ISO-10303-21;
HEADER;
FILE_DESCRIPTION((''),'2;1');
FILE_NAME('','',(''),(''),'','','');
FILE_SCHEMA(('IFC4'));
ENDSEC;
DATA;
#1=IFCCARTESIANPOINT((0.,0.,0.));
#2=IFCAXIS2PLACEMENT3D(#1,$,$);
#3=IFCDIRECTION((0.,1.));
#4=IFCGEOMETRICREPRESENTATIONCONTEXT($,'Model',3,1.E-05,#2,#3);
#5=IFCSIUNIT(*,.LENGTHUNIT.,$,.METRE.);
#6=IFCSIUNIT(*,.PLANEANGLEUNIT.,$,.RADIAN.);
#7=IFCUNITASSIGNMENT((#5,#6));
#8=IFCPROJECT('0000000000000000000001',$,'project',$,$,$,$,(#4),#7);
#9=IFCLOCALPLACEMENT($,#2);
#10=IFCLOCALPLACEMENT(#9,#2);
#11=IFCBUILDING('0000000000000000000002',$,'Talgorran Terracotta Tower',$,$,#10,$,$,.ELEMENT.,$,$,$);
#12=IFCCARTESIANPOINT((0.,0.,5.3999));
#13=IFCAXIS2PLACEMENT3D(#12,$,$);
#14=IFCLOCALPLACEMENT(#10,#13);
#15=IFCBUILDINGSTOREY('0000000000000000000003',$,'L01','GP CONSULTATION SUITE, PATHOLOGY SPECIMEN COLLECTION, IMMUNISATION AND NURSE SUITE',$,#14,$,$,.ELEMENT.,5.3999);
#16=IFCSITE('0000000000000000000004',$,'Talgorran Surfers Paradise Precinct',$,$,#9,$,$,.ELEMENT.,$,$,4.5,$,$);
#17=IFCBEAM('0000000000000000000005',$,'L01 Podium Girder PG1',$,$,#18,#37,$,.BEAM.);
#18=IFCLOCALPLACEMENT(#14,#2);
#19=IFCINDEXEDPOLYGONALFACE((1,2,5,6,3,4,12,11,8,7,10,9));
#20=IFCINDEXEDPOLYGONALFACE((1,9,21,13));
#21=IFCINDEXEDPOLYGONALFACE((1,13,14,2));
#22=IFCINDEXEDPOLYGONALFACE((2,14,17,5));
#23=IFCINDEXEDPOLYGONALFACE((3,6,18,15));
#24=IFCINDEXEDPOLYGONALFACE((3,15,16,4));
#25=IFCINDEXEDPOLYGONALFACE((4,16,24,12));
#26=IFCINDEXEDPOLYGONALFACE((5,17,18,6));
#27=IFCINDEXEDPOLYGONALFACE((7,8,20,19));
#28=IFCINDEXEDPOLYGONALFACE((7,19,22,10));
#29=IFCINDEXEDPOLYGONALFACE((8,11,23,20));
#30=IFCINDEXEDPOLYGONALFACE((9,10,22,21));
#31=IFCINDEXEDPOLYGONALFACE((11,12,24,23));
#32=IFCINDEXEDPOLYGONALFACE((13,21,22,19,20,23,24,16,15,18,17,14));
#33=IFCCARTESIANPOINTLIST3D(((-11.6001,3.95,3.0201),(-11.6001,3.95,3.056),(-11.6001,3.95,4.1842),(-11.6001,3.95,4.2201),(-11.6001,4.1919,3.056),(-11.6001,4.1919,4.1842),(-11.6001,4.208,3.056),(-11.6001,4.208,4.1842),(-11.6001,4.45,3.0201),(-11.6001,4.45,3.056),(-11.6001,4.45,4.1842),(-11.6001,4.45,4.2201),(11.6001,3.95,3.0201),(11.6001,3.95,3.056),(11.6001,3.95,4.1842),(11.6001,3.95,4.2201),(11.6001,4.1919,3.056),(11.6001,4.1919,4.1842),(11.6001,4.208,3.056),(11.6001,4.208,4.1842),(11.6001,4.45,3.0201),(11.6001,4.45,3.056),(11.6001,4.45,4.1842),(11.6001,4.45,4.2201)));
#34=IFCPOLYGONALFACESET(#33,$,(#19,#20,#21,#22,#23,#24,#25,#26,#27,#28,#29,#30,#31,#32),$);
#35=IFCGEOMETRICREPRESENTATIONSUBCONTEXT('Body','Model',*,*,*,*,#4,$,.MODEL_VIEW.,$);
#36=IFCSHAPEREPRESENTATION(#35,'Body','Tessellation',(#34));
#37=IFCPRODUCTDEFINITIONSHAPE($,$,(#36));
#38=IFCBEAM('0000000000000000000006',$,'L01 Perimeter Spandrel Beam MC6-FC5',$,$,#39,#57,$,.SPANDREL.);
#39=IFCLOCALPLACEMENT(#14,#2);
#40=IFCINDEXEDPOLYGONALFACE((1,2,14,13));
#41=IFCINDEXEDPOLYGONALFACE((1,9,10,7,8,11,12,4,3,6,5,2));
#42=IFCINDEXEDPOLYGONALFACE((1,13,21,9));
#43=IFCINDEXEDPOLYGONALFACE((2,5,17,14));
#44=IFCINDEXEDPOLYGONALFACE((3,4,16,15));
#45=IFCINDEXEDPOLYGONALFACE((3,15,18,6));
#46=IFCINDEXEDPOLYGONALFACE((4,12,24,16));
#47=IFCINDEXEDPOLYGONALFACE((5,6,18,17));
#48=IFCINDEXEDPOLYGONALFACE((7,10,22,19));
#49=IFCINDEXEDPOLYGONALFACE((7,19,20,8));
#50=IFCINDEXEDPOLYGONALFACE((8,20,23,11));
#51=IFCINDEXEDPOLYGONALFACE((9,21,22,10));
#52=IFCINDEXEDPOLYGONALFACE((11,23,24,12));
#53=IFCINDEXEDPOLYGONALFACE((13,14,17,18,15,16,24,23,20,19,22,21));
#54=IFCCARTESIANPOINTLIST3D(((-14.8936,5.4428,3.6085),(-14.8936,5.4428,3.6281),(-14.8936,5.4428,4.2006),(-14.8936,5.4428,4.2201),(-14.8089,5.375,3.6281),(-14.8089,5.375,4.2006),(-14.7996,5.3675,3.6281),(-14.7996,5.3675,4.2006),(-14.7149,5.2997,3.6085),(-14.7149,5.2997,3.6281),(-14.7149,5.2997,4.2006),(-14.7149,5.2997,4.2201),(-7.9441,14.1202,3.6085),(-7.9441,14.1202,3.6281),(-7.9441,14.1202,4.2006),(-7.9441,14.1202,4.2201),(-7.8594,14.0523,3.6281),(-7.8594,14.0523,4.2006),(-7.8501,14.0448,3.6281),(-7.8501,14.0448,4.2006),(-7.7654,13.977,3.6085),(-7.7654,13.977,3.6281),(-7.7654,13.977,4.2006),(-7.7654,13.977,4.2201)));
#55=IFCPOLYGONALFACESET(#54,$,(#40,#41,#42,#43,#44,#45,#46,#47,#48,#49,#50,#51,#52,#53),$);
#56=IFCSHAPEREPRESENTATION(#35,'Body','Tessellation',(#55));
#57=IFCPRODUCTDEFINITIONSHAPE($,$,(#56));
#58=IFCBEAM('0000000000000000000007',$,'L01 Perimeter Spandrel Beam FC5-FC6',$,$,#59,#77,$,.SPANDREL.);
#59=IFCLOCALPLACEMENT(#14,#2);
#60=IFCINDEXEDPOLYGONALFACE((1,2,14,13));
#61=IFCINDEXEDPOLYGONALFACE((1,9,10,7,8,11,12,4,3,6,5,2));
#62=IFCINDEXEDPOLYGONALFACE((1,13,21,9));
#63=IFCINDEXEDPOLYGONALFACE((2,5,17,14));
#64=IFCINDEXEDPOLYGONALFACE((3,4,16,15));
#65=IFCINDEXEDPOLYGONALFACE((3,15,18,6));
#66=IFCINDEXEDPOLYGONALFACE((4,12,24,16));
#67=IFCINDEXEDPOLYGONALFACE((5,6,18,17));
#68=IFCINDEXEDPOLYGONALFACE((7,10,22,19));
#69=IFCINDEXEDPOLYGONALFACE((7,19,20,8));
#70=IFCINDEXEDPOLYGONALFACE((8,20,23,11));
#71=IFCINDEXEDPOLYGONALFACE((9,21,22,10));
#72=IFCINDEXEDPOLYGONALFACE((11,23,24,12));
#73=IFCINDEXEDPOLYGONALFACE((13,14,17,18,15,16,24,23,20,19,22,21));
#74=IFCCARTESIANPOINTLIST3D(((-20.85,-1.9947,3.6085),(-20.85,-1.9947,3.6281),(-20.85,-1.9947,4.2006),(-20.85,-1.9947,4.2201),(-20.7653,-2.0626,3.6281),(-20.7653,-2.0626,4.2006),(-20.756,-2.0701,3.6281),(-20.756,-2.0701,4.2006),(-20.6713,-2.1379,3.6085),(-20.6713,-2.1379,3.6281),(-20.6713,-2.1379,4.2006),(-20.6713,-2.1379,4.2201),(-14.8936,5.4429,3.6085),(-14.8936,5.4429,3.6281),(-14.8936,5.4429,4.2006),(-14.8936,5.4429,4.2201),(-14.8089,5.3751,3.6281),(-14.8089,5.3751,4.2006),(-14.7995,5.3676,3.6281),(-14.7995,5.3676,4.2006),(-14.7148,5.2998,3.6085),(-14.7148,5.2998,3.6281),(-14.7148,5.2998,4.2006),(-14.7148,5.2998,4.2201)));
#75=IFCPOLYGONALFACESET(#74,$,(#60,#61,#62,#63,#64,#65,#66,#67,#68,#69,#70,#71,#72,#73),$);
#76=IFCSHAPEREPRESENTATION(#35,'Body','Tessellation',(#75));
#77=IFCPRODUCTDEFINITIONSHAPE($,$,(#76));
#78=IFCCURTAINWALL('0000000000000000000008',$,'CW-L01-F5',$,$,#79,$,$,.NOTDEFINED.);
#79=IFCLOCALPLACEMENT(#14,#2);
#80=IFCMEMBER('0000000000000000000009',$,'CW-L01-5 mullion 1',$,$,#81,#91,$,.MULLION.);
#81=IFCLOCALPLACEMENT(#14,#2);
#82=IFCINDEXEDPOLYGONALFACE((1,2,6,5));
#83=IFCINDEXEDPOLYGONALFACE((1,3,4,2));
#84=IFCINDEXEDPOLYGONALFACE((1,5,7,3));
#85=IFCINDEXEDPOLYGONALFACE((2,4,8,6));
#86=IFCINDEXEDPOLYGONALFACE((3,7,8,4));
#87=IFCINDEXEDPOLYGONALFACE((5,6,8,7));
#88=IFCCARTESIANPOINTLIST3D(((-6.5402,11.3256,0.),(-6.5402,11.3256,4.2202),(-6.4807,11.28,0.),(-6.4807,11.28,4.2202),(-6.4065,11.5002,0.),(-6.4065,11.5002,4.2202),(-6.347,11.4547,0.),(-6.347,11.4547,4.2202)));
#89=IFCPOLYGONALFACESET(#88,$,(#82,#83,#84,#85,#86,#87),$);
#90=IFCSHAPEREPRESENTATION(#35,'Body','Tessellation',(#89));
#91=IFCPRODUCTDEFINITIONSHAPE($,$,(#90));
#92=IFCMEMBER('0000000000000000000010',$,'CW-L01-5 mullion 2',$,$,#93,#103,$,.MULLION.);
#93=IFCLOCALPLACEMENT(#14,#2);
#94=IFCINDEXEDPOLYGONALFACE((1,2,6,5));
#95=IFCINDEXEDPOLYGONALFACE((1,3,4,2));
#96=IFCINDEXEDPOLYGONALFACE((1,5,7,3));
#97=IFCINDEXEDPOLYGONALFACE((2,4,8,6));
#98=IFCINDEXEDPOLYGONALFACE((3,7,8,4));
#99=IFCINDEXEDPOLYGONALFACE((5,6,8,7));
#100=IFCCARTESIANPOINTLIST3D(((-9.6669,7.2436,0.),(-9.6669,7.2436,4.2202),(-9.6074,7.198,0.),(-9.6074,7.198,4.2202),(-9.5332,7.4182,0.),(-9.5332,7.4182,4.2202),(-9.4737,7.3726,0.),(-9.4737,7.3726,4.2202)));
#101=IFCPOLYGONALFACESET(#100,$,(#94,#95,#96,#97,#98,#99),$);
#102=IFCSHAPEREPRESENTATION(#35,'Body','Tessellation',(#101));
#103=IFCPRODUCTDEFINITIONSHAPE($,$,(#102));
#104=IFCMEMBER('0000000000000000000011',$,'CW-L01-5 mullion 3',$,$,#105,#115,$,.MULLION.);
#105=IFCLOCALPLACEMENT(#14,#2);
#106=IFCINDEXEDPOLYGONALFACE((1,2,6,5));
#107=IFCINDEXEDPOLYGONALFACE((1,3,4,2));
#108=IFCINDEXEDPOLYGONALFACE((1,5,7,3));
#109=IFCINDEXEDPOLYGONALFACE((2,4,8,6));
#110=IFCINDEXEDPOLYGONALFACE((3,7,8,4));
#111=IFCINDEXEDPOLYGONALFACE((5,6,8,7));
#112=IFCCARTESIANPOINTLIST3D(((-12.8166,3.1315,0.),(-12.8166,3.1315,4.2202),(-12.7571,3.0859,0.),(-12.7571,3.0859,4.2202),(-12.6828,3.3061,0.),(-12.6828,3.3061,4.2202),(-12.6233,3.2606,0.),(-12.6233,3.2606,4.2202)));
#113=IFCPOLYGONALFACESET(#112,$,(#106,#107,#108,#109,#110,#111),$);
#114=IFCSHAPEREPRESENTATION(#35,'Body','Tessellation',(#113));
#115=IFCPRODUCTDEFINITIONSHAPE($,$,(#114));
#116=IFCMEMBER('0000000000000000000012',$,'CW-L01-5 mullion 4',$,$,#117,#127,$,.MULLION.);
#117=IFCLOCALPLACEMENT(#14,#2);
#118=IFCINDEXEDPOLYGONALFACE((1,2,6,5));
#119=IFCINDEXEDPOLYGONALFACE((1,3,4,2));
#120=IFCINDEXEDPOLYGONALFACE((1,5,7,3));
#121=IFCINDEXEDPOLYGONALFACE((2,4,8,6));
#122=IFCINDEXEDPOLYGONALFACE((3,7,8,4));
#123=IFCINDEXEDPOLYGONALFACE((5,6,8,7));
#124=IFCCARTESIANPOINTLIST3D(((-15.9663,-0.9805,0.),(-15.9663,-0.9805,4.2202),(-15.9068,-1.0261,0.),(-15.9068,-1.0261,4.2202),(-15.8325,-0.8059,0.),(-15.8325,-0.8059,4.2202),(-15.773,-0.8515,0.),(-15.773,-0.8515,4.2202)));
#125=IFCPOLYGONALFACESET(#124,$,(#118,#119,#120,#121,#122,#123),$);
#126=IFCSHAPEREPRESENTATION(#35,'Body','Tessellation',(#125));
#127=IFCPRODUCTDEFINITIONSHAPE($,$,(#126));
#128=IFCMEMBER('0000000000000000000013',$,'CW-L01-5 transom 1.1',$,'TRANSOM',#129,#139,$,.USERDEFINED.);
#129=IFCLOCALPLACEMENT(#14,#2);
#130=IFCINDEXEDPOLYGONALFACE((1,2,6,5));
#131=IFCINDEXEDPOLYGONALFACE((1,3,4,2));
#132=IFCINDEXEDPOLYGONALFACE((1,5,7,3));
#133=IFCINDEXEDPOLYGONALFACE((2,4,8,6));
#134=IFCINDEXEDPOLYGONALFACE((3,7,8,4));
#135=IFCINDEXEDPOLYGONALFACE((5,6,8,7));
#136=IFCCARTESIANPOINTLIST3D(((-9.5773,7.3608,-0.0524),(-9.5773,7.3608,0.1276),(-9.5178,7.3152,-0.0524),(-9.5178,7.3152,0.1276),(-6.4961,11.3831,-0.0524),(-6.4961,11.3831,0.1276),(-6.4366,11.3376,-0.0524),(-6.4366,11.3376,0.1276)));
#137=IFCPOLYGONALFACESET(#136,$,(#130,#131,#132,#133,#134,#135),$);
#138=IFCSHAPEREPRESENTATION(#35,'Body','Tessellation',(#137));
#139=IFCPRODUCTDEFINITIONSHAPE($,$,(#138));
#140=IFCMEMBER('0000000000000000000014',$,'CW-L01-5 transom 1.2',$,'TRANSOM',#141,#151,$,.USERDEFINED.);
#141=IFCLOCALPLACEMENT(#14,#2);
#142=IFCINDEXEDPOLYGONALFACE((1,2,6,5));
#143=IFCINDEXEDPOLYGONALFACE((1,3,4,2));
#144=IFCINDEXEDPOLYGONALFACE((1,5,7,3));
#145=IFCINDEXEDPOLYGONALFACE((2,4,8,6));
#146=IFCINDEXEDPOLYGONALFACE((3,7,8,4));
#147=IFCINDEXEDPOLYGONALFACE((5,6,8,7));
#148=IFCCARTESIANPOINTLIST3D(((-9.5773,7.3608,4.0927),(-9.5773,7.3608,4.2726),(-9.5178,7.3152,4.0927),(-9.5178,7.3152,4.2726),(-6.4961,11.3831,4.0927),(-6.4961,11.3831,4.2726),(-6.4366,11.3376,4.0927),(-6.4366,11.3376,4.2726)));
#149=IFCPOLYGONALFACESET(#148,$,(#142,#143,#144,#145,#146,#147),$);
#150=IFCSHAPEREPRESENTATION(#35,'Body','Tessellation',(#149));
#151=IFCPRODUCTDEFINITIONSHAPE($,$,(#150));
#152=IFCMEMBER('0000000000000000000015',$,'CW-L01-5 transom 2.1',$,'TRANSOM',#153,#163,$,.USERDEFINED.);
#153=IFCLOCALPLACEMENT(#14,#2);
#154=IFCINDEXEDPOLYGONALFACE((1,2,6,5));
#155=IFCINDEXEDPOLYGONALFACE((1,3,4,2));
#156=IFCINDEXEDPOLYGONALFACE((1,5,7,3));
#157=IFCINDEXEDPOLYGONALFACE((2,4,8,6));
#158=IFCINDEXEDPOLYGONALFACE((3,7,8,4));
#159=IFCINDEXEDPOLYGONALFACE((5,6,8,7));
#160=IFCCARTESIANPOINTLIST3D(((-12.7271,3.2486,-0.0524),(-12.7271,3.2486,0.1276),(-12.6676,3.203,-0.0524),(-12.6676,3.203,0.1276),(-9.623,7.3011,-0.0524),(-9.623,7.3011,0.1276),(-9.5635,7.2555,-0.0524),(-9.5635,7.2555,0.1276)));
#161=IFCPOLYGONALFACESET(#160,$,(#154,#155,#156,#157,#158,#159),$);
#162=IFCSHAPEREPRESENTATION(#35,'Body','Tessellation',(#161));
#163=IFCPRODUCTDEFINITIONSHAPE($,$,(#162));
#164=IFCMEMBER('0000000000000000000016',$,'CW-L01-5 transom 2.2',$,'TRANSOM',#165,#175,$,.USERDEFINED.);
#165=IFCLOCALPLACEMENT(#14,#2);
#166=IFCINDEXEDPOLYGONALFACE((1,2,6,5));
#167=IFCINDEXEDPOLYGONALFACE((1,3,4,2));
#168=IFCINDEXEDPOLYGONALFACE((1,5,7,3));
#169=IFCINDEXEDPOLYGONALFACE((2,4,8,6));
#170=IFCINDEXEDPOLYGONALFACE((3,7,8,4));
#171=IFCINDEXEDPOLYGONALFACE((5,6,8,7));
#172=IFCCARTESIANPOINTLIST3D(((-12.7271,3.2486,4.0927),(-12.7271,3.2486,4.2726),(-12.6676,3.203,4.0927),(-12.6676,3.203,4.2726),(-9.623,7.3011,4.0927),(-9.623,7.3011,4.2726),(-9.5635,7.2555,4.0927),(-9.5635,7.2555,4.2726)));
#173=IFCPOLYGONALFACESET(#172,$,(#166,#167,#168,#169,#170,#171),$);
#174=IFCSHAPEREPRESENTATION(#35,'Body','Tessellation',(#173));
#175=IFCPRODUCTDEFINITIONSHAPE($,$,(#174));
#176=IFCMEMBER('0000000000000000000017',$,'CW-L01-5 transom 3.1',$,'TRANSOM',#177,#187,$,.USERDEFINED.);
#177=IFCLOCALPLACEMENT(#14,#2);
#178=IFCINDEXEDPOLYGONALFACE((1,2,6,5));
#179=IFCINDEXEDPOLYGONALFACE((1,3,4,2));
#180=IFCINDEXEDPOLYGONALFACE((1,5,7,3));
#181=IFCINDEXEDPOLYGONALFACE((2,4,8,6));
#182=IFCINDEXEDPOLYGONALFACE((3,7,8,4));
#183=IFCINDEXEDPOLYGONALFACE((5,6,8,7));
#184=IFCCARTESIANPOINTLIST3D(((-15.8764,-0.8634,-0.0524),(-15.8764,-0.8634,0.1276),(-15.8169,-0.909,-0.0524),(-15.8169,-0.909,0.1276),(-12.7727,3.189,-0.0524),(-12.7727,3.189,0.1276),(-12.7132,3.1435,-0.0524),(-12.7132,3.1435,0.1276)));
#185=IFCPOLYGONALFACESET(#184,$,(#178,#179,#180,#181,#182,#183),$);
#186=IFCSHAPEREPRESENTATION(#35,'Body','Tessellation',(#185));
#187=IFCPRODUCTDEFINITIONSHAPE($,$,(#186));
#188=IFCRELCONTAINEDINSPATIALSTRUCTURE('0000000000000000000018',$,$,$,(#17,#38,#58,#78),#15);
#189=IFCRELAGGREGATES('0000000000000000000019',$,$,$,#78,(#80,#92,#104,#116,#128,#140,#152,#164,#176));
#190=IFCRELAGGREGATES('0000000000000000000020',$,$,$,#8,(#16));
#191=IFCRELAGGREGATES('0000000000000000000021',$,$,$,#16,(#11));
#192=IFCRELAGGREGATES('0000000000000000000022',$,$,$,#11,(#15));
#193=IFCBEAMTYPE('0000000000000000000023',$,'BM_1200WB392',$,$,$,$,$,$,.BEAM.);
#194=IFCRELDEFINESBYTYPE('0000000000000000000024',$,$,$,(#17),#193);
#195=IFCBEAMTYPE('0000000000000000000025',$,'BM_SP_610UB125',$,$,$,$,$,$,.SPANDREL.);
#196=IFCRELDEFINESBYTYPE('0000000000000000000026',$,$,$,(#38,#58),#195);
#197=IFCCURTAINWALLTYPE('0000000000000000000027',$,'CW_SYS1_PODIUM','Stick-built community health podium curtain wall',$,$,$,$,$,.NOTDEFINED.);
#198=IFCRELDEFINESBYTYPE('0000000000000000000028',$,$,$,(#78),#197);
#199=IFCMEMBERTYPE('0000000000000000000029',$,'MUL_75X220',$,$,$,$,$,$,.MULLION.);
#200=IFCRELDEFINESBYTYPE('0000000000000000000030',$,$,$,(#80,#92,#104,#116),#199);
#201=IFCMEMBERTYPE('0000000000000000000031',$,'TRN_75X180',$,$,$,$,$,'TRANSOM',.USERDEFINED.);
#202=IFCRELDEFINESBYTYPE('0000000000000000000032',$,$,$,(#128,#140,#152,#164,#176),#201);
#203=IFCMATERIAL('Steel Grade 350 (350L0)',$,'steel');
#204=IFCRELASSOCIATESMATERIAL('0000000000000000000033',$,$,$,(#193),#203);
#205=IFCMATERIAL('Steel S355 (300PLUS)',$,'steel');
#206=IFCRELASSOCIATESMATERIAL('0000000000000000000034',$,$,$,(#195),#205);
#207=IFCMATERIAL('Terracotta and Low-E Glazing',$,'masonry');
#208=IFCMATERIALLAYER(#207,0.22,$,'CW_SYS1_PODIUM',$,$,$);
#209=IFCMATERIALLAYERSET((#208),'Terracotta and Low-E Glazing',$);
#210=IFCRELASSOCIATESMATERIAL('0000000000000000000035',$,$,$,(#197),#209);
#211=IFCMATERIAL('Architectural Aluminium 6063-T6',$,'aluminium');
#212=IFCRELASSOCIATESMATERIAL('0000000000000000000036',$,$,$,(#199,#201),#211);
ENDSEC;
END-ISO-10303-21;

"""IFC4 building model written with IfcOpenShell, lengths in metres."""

from ifc_helpers import new_model, si_unit, direction, frame, origin, origin_2d, place, context, subcontext, project, spatial, rectangle, i_section, extrude, material, layer, layer_set, material_profile, profile_set, type_object, element, aggregate, save


model = new_model("IFC4")

# Units and contexts
model_context = context("Model", 3, precision=1e-05, world=origin(), true_north=direction((0.0, 1.0)))
body_context = subcontext(model_context, "Body", "Model", "MODEL_VIEW")
ifc_project = project(units=[si_unit("LENGTHUNIT", "METRE"), si_unit("PLANEANGLEUNIT", "RADIAN")], contexts=[model_context])

# Site, building, storey
site_placement = place(None, origin())
site = spatial("IfcSite", under=ifc_project, at=site_placement, Name="Talgorran Surfers Paradise Precinct", CompositionType="ELEMENT", RefElevation=4.5)
building_placement = place(site_placement, origin())
building = spatial("IfcBuilding", under=site, at=building_placement, Name="Talgorran Terracotta Tower", CompositionType="ELEMENT")
storey_placement = place(building_placement, frame((0.0, 0.0, 5.3999)))
storey = spatial("IfcBuildingStorey", under=building, at=storey_placement, Name="L01", Description="GP CONSULTATION SUITE, PATHOLOGY SPECIMEN COLLECTION, IMMUNISATION AND NURSE SUITE", CompositionType="ELEMENT", Elevation=5.3999)

# Shared definitions
ifc_material_1 = material(Name="Steel S355 (300PLUS)", Category="steel")
ifc_material_2 = material(Name="Steel Grade 350 (350L0)", Category="steel")

# Beams
ifc_material_profile_1 = material_profile(ifc_material_2, i_section(OverallWidth=0.5, OverallDepth=1.2, WebThickness=0.0161, FlangeThickness=0.0359, at=origin_2d()), Name="1200WB392")
ifc_profile_set_1 = profile_set([ifc_material_profile_1], Name="Steel Grade 350 (350L0)")
beam_type_1 = type_object("IfcBeamType", Name="BM_1200WB392", PredefinedType="BEAM", material=ifc_profile_set_1)
beam_1_placement = place(storey_placement, frame((-11.6001, 4.2, 3.6201), z_axis=(1.0, 0.0, 0.0), x_axis=(0.0, 1.0, 0.0)))
element("IfcBeam", 1, at=beam_1_placement, inside=storey, type_object=beam_type_1, Name="L01 Podium Girder PG1", PredefinedType="BEAM", context=body_context, shape_type="SweptSolid", body=[
    extrude(i_section(OverallWidth=0.5, OverallDepth=1.2, WebThickness=0.0161, FlangeThickness=0.0359, at=origin_2d()), origin(), (0.0, 0.0, 1.0), 23.2002),
])
ifc_material_profile_2 = material_profile(ifc_material_1, i_section(OverallWidth=0.229, OverallDepth=0.6116, WebThickness=0.012, FlangeThickness=0.0195, at=origin_2d()), Name="610UB125")
ifc_profile_set_2 = profile_set([ifc_material_profile_2], Name="Steel S355 (300PLUS)")
beam_type_2 = type_object("IfcBeamType", Name="BM_SP_610UB125", PredefinedType="SPANDREL", material=ifc_profile_set_2)
beam_2_placement = place(storey_placement, frame((-7.8547, 14.0486, 3.9143), z_axis=(-0.625115, -0.780532, 0.0), x_axis=(0.780532, -0.625115, 0.0)))
element("IfcBeam", 2, at=beam_2_placement, inside=storey, type_object=beam_type_2, Name="L01 Perimeter Spandrel Beam MC6-FC5", PredefinedType="SPANDREL", context=body_context, shape_type="SweptSolid", body=[
    extrude(i_section(OverallWidth=0.229, OverallDepth=0.6116, WebThickness=0.012, FlangeThickness=0.0195, at=origin_2d()), origin(), (0.0, 0.0, 1.0), 11.1172),
])
beam_3_placement = place(storey_placement, frame((-14.8042, 5.3713, 3.9143), z_axis=(-0.625101, -0.780544, 0.0), x_axis=(0.780544, -0.625101, 0.0)))
element("IfcBeam", 3, at=beam_3_placement, inside=storey, type_object=beam_type_2, Name="L01 Perimeter Spandrel Beam FC5-FC6", PredefinedType="SPANDREL", context=body_context, shape_type="SweptSolid", body=[
    extrude(i_section(OverallWidth=0.229, OverallDepth=0.6116, WebThickness=0.012, FlangeThickness=0.0195, at=origin_2d()), origin(), (0.0, 0.0, 1.0), 9.5288),
])

# Curtain wall, members
ifc_material_3 = material(Name="Terracotta and Low-E Glazing", Category="masonry")
ifc_layer_1 = layer(ifc_material_3, 0.22, Name="CW_SYS1_PODIUM")
ifc_layer_set_1 = layer_set([ifc_layer_1], Name="Terracotta and Low-E Glazing")
curtain_wall_type = type_object("IfcCurtainWallType", Name="CW_SYS1_PODIUM", Description="Stick-built community health podium curtain wall", PredefinedType="NOTDEFINED", material=ifc_layer_set_1)
curtain_wall_placement = place(storey_placement, origin())
curtain_wall = element("IfcCurtainWall", 4, at=curtain_wall_placement, inside=storey, type_object=curtain_wall_type, Name="CW-L01-F5", PredefinedType="NOTDEFINED")
ifc_material_4 = material(Name="Architectural Aluminium 6063-T6", Category="aluminium")
ifc_material_profile_3 = material_profile(ifc_material_4, rectangle(XDim=0.075, YDim=0.22, at=origin_2d()), Name="CWM75X220")
ifc_profile_set_3 = profile_set([ifc_material_profile_3], Name="Architectural Aluminium 6063-T6")
member_type_1 = type_object("IfcMemberType", Name="MUL_75X220", PredefinedType="MULLION", material=ifc_profile_set_3)
member_1_placement = place(storey_placement, frame((-6.4436, 11.3901, 0.0), z_axis=(0.0, 0.0, 1.0), x_axis=(0.79388, -0.608075, 0.0)))
member_1 = element("IfcMember", 5, at=member_1_placement, type_object=member_type_1, Name="CW-L01-5 mullion 1", PredefinedType="MULLION", context=body_context, shape_type="SweptSolid", body=[
    extrude(rectangle(XDim=0.075, YDim=0.22, at=origin_2d()), origin(), (0.0, 0.0, 1.0), 4.2202),
])
member_2_placement = place(storey_placement, frame((-9.5703, 7.3081, 0.0), z_axis=(0.0, 0.0, 1.0), x_axis=(0.79388, -0.608075, 0.0)))
member_2 = element("IfcMember", 6, at=member_2_placement, type_object=member_type_1, Name="CW-L01-5 mullion 2", PredefinedType="MULLION", context=body_context, shape_type="SweptSolid", body=[
    extrude(rectangle(XDim=0.075, YDim=0.22, at=origin_2d()), origin(), (0.0, 0.0, 1.0), 4.2202),
])
member_3_placement = place(storey_placement, frame((-12.72, 3.196, 0.0), z_axis=(0.0, 0.0, 1.0), x_axis=(0.79388, -0.608075, 0.0)))
member_3 = element("IfcMember", 7, at=member_3_placement, type_object=member_type_1, Name="CW-L01-5 mullion 3", PredefinedType="MULLION", context=body_context, shape_type="SweptSolid", body=[
    extrude(rectangle(XDim=0.075, YDim=0.22, at=origin_2d()), origin(), (0.0, 0.0, 1.0), 4.2202),
])
member_4_placement = place(storey_placement, frame((-15.8696, -0.916, 0.0), z_axis=(0.0, 0.0, 1.0), x_axis=(0.79388, -0.608075, 0.0)))
member_4 = element("IfcMember", 8, at=member_4_placement, type_object=member_type_1, Name="CW-L01-5 mullion 4", PredefinedType="MULLION", context=body_context, shape_type="SweptSolid", body=[
    extrude(rectangle(XDim=0.075, YDim=0.22, at=origin_2d()), origin(), (0.0, 0.0, 1.0), 4.2202),
])
ifc_material_profile_4 = material_profile(ifc_material_4, rectangle(XDim=0.075, YDim=0.1799, at=origin_2d()), Name="CWT75X180")
ifc_profile_set_4 = profile_set([ifc_material_profile_4], Name="Architectural Aluminium 6063-T6")
member_type_2 = type_object("IfcMemberType", Name="TRN_75X180", ElementType="TRANSOM", PredefinedType="USERDEFINED", material=ifc_profile_set_4)
member_5_placement = place(storey_placement, frame((-6.4663, 11.3604, 0.0376), z_axis=(-0.60811, -0.793853, 0.0), x_axis=(0.793853, -0.60811, 0.0)))
member_5 = element("IfcMember", 9, at=member_5_placement, type_object=member_type_2, Name="CW-L01-5 transom 1.1", ObjectType="TRANSOM", PredefinedType="USERDEFINED", context=body_context, shape_type="SweptSolid", body=[
    extrude(rectangle(XDim=0.075, YDim=0.1799, at=origin_2d()), origin(), (0.0, 0.0, 1.0), 5.0669),
])
member_6_placement = place(storey_placement, frame((-6.4663, 11.3604, 4.1826), z_axis=(-0.60811, -0.793853, 0.0), x_axis=(0.793853, -0.60811, 0.0)))
member_6 = element("IfcMember", 10, at=member_6_placement, type_object=member_type_2, Name="CW-L01-5 transom 1.2", ObjectType="TRANSOM", PredefinedType="USERDEFINED", context=body_context, shape_type="SweptSolid", body=[
    extrude(rectangle(XDim=0.075, YDim=0.1799, at=origin_2d()), origin(), (0.0, 0.0, 1.0), 5.0669),
])
member_7_placement = place(storey_placement, frame((-9.5933, 7.2783, 0.0376), z_axis=(-0.608073, -0.793881, 0.0), x_axis=(0.793881, -0.608073, 0.0)))
member_7 = element("IfcMember", 11, at=member_7_placement, type_object=member_type_2, Name="CW-L01-5 transom 2.1", ObjectType="TRANSOM", PredefinedType="USERDEFINED", context=body_context, shape_type="SweptSolid", body=[
    extrude(rectangle(XDim=0.075, YDim=0.1799, at=origin_2d()), origin(), (0.0, 0.0, 1.0), 5.1047),
])
member_8_placement = place(storey_placement, frame((-9.5933, 7.2783, 4.1826), z_axis=(-0.608073, -0.793881, 0.0), x_axis=(0.793881, -0.608073, 0.0)))
member_8 = element("IfcMember", 12, at=member_8_placement, type_object=member_type_2, Name="CW-L01-5 transom 2.2", ObjectType="TRANSOM", PredefinedType="USERDEFINED", context=body_context, shape_type="SweptSolid", body=[
    extrude(rectangle(XDim=0.075, YDim=0.1799, at=origin_2d()), origin(), (0.0, 0.0, 1.0), 5.1047),
])
member_9_placement = place(storey_placement, frame((-12.7429, 3.1663, 0.0376), z_axis=(-0.608043, -0.793904, 0.0), x_axis=(0.793904, -0.608043, 0.0)))
member_9 = element("IfcMember", 13, at=member_9_placement, type_object=member_type_2, Name="CW-L01-5 transom 3.1", ObjectType="TRANSOM", PredefinedType="USERDEFINED", context=body_context, shape_type="SweptSolid", body=[
    extrude(rectangle(XDim=0.075, YDim=0.1799, at=origin_2d()), origin(), (0.0, 0.0, 1.0), 5.1045),
])
aggregate(curtain_wall, [member_1, member_2, member_3, member_4, member_5, member_6, member_7, member_8, member_9])

save(model, "model.ifc")
